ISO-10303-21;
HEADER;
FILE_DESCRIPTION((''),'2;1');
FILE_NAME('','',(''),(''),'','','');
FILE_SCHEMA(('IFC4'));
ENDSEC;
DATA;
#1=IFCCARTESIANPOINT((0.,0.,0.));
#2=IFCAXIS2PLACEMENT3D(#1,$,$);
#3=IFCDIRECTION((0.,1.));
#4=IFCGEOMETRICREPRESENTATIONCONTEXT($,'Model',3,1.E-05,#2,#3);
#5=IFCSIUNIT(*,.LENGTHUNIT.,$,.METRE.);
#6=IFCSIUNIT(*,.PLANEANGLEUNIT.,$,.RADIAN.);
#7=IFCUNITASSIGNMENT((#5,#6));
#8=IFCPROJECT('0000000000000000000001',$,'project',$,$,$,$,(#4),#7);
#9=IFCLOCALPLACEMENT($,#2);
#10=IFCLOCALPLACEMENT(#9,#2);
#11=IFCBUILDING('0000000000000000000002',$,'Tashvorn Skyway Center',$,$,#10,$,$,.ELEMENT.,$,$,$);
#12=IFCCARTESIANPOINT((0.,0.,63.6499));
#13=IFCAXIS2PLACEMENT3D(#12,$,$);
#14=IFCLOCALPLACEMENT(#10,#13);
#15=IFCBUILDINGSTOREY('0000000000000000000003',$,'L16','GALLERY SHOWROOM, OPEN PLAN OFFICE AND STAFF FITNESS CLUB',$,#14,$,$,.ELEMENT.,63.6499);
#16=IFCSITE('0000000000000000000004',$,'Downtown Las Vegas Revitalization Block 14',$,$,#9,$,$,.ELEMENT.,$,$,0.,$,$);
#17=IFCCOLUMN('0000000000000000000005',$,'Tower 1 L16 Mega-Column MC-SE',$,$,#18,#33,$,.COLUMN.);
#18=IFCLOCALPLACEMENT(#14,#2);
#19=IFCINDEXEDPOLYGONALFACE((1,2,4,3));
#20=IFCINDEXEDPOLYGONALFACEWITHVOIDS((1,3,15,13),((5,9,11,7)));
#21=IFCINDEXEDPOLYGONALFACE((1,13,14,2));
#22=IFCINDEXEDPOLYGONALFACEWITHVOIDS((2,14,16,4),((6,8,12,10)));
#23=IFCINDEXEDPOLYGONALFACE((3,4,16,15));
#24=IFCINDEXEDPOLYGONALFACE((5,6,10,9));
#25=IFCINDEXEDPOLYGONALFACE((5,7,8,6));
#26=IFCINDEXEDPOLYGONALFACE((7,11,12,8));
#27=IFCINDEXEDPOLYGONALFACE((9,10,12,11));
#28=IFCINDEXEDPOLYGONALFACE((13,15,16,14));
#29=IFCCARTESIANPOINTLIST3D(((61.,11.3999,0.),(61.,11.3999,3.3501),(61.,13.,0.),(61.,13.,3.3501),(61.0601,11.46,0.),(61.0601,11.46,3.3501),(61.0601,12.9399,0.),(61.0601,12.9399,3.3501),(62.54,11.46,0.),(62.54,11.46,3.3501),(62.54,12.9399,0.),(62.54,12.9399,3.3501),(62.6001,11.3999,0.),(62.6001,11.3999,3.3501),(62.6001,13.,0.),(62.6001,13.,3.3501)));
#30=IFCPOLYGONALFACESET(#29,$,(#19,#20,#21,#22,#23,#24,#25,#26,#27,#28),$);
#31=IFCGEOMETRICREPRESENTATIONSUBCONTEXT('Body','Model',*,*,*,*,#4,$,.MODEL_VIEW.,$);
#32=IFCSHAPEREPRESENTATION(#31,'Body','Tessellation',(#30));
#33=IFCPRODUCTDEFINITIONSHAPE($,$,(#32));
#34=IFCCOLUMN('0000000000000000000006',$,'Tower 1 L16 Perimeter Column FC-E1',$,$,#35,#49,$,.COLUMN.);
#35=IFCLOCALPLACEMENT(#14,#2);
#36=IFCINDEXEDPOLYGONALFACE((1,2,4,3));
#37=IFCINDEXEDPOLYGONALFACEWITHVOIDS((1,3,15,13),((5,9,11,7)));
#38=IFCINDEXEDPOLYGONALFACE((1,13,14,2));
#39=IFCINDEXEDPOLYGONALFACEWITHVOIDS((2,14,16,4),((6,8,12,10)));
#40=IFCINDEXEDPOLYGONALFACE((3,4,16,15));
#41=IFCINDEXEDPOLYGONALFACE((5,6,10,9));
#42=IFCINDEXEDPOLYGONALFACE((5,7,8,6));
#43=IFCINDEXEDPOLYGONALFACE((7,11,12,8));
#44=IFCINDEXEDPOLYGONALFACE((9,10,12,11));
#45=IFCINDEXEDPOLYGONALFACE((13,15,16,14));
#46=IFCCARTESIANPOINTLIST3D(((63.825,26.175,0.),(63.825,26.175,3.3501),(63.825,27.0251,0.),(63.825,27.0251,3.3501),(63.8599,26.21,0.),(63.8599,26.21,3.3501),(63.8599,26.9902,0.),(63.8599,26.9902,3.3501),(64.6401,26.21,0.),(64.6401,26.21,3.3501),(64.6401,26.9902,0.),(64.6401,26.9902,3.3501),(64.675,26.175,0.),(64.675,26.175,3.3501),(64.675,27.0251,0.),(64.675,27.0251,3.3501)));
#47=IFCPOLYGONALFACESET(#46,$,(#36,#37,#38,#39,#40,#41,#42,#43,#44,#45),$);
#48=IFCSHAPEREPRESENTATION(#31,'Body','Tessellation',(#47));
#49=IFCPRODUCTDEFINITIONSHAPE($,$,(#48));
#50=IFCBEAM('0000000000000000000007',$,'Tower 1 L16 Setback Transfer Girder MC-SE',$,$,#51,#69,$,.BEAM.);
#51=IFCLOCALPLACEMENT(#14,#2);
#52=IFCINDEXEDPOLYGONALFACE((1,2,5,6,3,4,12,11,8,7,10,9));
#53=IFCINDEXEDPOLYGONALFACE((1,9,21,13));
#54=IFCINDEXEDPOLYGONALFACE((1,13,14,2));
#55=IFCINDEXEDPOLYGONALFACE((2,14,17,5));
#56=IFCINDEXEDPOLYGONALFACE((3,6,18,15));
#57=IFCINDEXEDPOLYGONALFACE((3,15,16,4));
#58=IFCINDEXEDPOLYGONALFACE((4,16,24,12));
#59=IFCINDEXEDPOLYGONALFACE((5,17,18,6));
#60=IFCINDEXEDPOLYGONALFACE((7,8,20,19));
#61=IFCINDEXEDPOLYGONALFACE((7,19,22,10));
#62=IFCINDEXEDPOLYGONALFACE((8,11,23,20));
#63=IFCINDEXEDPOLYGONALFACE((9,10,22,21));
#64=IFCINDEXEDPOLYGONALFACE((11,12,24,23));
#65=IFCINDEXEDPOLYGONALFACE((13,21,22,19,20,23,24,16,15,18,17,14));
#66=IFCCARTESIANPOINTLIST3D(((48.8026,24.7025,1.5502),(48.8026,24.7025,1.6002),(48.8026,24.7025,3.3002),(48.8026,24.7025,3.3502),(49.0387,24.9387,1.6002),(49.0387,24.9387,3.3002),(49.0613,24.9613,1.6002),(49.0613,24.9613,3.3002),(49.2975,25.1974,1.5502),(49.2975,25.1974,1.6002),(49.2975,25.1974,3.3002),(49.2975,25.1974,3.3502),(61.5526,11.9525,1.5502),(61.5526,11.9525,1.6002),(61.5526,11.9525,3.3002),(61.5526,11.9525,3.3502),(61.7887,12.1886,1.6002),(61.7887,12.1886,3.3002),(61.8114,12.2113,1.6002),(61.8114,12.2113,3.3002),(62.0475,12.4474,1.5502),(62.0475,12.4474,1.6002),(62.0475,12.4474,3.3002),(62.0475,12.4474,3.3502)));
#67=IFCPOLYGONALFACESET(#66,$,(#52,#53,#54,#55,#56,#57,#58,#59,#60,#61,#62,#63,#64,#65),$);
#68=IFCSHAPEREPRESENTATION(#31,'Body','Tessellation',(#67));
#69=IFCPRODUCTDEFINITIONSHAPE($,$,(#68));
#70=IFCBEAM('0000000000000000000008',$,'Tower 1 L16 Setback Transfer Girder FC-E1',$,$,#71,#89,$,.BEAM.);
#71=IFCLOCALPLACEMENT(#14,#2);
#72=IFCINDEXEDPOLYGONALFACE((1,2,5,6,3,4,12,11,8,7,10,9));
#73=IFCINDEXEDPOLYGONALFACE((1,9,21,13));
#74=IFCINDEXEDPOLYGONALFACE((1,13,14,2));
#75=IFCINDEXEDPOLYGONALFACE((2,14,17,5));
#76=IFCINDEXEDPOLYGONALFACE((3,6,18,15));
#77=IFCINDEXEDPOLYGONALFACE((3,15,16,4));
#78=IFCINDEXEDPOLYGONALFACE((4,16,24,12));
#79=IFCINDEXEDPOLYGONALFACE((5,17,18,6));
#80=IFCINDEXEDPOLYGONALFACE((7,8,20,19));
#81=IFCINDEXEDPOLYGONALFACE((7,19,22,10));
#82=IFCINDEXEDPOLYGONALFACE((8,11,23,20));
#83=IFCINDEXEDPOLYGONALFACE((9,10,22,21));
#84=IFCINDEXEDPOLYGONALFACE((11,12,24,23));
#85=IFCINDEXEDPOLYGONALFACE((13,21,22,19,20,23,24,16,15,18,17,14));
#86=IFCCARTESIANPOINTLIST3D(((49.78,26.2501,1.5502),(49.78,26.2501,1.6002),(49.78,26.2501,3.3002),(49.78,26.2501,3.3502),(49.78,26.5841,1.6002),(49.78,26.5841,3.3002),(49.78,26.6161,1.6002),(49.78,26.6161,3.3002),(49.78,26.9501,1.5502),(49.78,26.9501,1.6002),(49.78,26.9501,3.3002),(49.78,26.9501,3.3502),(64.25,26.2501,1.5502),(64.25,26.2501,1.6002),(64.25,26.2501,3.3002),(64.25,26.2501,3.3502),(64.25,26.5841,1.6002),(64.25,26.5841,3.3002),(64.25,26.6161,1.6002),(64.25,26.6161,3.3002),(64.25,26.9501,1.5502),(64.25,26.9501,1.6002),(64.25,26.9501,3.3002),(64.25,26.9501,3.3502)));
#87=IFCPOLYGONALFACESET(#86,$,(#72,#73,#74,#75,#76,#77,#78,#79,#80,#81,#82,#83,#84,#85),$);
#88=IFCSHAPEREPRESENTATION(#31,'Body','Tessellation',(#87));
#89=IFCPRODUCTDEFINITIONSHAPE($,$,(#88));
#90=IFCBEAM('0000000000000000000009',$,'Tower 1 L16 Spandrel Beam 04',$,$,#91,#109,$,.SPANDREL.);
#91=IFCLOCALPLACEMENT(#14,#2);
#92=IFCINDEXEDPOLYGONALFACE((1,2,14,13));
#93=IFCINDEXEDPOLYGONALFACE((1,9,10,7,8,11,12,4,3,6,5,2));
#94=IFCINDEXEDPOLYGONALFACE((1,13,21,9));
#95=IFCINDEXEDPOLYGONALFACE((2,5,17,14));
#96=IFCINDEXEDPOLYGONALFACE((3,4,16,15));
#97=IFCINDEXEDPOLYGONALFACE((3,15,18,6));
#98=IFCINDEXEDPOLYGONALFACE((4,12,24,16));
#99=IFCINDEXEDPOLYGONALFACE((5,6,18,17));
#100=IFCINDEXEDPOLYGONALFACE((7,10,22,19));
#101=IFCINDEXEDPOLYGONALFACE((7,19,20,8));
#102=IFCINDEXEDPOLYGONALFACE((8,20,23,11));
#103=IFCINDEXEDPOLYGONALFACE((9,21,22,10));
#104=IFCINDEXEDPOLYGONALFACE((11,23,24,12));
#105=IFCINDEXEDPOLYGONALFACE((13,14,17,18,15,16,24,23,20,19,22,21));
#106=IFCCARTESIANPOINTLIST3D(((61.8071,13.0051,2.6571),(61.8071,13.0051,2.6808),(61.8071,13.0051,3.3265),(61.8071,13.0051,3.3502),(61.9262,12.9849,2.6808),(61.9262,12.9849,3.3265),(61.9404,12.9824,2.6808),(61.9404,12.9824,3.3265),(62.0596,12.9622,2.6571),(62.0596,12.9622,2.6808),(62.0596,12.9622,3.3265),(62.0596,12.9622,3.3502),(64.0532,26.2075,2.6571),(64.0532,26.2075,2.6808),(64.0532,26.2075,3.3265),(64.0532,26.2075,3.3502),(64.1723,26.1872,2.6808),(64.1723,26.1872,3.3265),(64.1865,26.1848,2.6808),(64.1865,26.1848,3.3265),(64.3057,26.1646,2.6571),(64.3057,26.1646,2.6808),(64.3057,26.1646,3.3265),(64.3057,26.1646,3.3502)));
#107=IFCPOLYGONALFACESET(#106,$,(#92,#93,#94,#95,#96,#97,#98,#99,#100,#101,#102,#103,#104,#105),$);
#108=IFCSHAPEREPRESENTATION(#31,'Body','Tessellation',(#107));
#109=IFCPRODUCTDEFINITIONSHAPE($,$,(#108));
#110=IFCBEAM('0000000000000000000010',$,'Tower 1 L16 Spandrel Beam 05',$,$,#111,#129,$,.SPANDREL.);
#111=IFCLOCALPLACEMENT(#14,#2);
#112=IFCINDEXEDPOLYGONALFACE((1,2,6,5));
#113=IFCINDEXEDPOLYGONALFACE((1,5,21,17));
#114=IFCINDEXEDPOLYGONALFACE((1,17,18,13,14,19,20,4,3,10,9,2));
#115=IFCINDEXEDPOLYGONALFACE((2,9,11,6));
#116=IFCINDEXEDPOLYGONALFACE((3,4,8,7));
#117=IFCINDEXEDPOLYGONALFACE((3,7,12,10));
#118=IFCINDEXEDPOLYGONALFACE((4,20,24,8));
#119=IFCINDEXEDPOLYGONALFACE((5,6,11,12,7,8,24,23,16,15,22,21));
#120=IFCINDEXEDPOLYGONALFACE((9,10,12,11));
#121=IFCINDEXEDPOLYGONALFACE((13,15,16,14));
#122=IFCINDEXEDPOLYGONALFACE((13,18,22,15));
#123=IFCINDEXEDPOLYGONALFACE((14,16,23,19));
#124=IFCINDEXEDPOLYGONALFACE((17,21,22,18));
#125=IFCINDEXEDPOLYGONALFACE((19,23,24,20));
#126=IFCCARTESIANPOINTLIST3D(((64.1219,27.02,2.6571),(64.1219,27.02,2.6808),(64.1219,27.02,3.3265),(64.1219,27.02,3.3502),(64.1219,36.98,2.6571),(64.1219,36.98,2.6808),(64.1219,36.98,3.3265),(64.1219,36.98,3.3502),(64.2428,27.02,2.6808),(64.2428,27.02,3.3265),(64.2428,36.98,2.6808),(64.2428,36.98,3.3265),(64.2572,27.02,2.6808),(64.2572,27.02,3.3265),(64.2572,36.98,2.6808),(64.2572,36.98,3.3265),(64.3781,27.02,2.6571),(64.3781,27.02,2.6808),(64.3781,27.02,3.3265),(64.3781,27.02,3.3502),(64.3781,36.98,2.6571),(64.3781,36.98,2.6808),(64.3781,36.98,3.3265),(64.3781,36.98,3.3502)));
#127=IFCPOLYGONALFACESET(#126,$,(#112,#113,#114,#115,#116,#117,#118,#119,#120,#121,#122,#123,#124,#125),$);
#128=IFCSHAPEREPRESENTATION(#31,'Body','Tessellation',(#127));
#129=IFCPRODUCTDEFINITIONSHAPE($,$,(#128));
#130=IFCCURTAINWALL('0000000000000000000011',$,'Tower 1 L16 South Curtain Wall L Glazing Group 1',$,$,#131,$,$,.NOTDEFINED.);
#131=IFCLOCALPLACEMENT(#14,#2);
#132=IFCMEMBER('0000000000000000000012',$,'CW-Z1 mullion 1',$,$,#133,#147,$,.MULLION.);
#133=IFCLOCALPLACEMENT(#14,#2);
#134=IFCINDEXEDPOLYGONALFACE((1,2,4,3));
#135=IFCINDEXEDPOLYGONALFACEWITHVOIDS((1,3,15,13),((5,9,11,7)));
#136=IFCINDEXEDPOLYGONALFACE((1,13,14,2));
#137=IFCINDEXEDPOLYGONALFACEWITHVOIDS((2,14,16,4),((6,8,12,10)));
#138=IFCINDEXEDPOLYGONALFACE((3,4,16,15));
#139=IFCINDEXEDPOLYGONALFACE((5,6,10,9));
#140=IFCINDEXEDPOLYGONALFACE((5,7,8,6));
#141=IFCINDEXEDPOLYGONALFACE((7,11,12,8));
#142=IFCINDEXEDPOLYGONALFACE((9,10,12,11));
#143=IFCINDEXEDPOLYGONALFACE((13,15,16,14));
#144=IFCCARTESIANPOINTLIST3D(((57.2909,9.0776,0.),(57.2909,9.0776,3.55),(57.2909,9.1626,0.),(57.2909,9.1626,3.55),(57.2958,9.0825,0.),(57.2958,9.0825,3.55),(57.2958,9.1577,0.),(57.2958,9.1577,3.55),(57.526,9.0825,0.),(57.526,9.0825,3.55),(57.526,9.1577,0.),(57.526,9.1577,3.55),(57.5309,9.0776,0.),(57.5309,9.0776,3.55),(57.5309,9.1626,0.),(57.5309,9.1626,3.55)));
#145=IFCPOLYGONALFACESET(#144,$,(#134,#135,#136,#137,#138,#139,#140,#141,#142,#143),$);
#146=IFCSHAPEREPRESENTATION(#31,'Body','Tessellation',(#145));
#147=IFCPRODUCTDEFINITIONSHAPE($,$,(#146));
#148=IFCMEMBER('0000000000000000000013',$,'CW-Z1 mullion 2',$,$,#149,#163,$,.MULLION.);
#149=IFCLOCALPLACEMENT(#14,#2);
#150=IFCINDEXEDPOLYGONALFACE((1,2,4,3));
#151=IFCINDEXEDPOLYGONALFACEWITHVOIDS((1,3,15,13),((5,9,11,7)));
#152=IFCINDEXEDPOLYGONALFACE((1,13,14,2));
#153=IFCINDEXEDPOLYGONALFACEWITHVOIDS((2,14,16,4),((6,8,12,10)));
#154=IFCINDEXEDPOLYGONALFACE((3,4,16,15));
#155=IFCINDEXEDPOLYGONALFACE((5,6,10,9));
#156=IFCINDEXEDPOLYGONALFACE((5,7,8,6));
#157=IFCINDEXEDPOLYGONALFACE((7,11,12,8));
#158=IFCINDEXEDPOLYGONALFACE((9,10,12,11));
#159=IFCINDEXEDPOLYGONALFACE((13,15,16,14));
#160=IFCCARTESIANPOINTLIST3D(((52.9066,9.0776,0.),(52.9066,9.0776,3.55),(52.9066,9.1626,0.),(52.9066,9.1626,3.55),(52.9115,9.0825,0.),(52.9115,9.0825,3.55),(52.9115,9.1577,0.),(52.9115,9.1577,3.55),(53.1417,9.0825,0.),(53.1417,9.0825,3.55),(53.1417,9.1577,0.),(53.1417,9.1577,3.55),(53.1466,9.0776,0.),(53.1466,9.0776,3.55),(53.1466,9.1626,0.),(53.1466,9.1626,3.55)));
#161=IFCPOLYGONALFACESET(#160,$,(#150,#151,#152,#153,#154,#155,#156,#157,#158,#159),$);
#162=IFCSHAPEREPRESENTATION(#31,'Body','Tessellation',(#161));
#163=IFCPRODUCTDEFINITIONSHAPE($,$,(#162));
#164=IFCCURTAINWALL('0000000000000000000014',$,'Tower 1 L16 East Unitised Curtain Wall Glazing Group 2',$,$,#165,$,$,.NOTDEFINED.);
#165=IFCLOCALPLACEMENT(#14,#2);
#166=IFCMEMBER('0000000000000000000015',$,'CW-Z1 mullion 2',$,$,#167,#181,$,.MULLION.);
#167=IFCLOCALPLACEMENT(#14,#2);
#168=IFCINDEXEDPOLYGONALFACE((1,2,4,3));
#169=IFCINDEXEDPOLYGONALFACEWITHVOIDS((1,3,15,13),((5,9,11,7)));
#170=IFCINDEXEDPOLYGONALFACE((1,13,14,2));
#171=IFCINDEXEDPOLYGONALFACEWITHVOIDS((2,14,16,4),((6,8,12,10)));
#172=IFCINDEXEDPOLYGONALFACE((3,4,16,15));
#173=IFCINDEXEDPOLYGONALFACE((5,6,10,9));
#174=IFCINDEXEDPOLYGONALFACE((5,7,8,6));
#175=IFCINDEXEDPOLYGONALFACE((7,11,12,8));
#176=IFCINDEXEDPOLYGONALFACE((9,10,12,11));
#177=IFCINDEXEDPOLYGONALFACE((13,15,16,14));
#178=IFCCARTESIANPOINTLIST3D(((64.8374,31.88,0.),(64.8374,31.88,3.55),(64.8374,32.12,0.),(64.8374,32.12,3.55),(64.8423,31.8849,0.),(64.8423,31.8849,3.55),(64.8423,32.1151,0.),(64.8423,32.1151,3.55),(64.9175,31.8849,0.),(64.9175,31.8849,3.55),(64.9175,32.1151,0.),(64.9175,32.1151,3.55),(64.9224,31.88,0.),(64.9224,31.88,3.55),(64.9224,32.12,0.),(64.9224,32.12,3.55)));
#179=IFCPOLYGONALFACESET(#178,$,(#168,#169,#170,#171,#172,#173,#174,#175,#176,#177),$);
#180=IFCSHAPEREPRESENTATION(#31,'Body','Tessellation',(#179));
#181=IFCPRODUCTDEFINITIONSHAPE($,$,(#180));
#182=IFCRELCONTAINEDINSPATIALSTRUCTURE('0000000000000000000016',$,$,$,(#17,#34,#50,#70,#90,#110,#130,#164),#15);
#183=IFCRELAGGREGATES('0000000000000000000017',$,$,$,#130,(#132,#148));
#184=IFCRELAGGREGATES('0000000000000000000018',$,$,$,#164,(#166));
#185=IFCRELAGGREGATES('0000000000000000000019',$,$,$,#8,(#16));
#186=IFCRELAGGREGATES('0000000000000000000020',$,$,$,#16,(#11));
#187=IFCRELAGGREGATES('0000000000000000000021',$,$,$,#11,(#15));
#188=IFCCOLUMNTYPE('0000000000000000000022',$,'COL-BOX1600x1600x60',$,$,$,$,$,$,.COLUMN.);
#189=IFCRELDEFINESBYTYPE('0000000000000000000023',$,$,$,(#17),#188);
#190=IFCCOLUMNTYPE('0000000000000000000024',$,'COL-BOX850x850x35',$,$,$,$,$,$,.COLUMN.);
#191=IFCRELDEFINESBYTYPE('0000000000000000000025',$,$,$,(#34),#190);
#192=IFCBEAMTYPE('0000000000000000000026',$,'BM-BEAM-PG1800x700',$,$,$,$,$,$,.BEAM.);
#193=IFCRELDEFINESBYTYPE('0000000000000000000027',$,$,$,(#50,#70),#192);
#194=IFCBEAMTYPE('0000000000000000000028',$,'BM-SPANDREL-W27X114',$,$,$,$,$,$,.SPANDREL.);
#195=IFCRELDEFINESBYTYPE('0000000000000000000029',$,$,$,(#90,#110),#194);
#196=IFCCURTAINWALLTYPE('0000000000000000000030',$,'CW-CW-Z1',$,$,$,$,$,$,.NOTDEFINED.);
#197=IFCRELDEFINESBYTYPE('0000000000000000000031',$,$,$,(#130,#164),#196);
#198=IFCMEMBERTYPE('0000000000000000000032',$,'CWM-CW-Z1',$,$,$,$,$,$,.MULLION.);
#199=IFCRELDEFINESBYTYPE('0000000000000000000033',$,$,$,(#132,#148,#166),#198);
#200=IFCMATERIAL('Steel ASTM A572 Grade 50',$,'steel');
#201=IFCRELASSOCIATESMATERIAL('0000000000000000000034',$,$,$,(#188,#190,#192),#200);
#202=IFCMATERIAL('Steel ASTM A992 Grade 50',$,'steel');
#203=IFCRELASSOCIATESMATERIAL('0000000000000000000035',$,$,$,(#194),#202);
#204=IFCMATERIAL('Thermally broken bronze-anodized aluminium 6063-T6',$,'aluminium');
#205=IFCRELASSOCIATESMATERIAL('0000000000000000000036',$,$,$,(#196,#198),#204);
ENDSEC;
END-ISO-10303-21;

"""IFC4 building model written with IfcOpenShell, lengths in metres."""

from ifc_helpers import new_model, si_unit, direction, frame, origin, origin_2d, place, context, subcontext, project, spatial, hollow_rectangle, i_section, extrude, material, material_profile, profile_set, type_object, element, aggregate, save


model = new_model("IFC4")

# Units and contexts
model_context = context("Model", 3, precision=1e-05, world=origin(), true_north=direction((0.0, 1.0)))
body_context = subcontext(model_context, "Body", "Model", "MODEL_VIEW")
ifc_project = project(units=[si_unit("LENGTHUNIT", "METRE"), si_unit("PLANEANGLEUNIT", "RADIAN")], contexts=[model_context])

# Site, building, storey
site_placement = place(None, origin())
site = spatial("IfcSite", under=ifc_project, at=site_placement, Name="Downtown Las Vegas Revitalization Block 14", CompositionType="ELEMENT", RefElevation=0.0)
building_placement = place(site_placement, origin())
building = spatial("IfcBuilding", under=site, at=building_placement, Name="Tashvorn Skyway Center", CompositionType="ELEMENT")
storey_placement = place(building_placement, frame((0.0, 0.0, 63.6499)))
storey = spatial("IfcBuildingStorey", under=building, at=storey_placement, Name="L16", Description="GALLERY SHOWROOM, OPEN PLAN OFFICE AND STAFF FITNESS CLUB", CompositionType="ELEMENT", Elevation=63.6499)

# Columns
ifc_material_1 = material(Name="Steel ASTM A572 Grade 50", Category="steel")
ifc_material_profile_1 = material_profile(ifc_material_1, hollow_rectangle(XDim=1.6001, YDim=1.6001, WallThickness=0.0601, at=origin_2d()), Name="BOX1600x1600x60")
ifc_profile_set_1 = profile_set([ifc_material_profile_1], Name="Steel ASTM A572 Grade 50")
column_type_1 = type_object("IfcColumnType", Name="COL-BOX1600x1600x60", PredefinedType="COLUMN", material=ifc_profile_set_1)
column_1_placement = place(storey_placement, frame((61.8, 12.2, 0.0), z_axis=(0.0, 0.0, 1.0), x_axis=(1.0, 0.0, 0.0)))
element("IfcColumn", 1, at=column_1_placement, inside=storey, type_object=column_type_1, Name="Tower 1 L16 Mega-Column MC-SE", PredefinedType="COLUMN", context=body_context, shape_type="SweptSolid", body=[
    extrude(hollow_rectangle(XDim=1.6001, YDim=1.6001, WallThickness=0.0601, at=origin_2d()), origin(), (0.0, 0.0, 1.0), 3.3501),
])
ifc_material_profile_2 = material_profile(ifc_material_1, hollow_rectangle(XDim=0.8501, YDim=0.8501, WallThickness=0.0349, at=origin_2d()), Name="BOX850x850x35")
ifc_profile_set_2 = profile_set([ifc_material_profile_2], Name="Steel ASTM A572 Grade 50")
column_type_2 = type_object("IfcColumnType", Name="COL-BOX850x850x35", PredefinedType="COLUMN", material=ifc_profile_set_2)
column_2_placement = place(storey_placement, frame((64.25, 26.6001, 0.0), z_axis=(0.0, 0.0, 1.0), x_axis=(1.0, 0.0, 0.0)))
element("IfcColumn", 2, at=column_2_placement, inside=storey, type_object=column_type_2, Name="Tower 1 L16 Perimeter Column FC-E1", PredefinedType="COLUMN", context=body_context, shape_type="SweptSolid", body=[
    extrude(hollow_rectangle(XDim=0.8501, YDim=0.8501, WallThickness=0.0349, at=origin_2d()), origin(), (0.0, 0.0, 1.0), 3.3501),
])

# Beams
ifc_material_profile_3 = material_profile(ifc_material_1, i_section(OverallWidth=0.7, OverallDepth=1.8, WebThickness=0.032, FlangeThickness=0.05, at=origin_2d()), Name="PG1800x700")
ifc_profile_set_3 = profile_set([ifc_material_profile_3], Name="Steel ASTM A572 Grade 50")
beam_type_1 = type_object("IfcBeamType", Name="BM-BEAM-PG1800x700", PredefinedType="BEAM", material=ifc_profile_set_3)
beam_1_placement = place(storey_placement, frame((61.8, 12.2, 2.4502), z_axis=(-0.707107, 0.707107, 0.0), x_axis=(-0.707107, -0.707107, 0.0)))
element("IfcBeam", 3, at=beam_1_placement, inside=storey, type_object=beam_type_1, Name="Tower 1 L16 Setback Transfer Girder MC-SE", PredefinedType="BEAM", context=body_context, shape_type="SweptSolid", body=[
    extrude(i_section(OverallWidth=0.7, OverallDepth=1.8, WebThickness=0.032, FlangeThickness=0.05, at=origin_2d()), origin(), (0.0, 0.0, 1.0), 18.0312),
])
beam_2_placement = place(storey_placement, frame((64.25, 26.6001, 2.4502), z_axis=(-1.0, 0.0, 0.0), x_axis=(0.0, -1.0, 0.0)))
element("IfcBeam", 4, at=beam_2_placement, inside=storey, type_object=beam_type_1, Name="Tower 1 L16 Setback Transfer Girder FC-E1", PredefinedType="BEAM", context=body_context, shape_type="SweptSolid", body=[
    extrude(i_section(OverallWidth=0.7, OverallDepth=1.8, WebThickness=0.032, FlangeThickness=0.05, at=origin_2d()), origin(), (0.0, 0.0, 1.0), 14.47),
])
ifc_material_2 = material(Name="Steel ASTM A992 Grade 50", Category="steel")
ifc_material_profile_4 = material_profile(ifc_material_2, i_section(OverallWidth=0.2561, OverallDepth=0.6931, WebThickness=0.0144, FlangeThickness=0.0237, at=origin_2d()), Name="W27X114")
ifc_profile_set_4 = profile_set([ifc_material_profile_4], Name="Steel ASTM A992 Grade 50")
beam_type_2 = type_object("IfcBeamType", Name="BM-SPANDREL-W27X114", PredefinedType="SPANDREL", material=ifc_profile_set_4)
beam_3_placement = place(storey_placement, frame((61.9333, 12.9836, 3.0037), z_axis=(0.167718, 0.985835, 0.0), x_axis=(-0.985835, 0.167718, 0.0)))
element("IfcBeam", 5, at=beam_3_placement, inside=storey, type_object=beam_type_2, Name="Tower 1 L16 Spandrel Beam 04", PredefinedType="SPANDREL", context=body_context, shape_type="SweptSolid", body=[
    extrude(i_section(OverallWidth=0.2561, OverallDepth=0.6931, WebThickness=0.0144, FlangeThickness=0.0237, at=origin_2d()), origin(), (0.0, 0.0, 1.0), 13.3921),
])
beam_4_placement = place(storey_placement, frame((64.25, 27.02, 3.0037), z_axis=(0.0, 1.0, 0.0), x_axis=(-1.0, 0.0, 0.0)))
element("IfcBeam", 6, at=beam_4_placement, inside=storey, type_object=beam_type_2, Name="Tower 1 L16 Spandrel Beam 05", PredefinedType="SPANDREL", context=body_context, shape_type="SweptSolid", body=[
    extrude(i_section(OverallWidth=0.2561, OverallDepth=0.6931, WebThickness=0.0144, FlangeThickness=0.0237, at=origin_2d()), origin(), (0.0, 0.0, 1.0), 9.96),
])

# Curtain walls, members
ifc_material_3 = material(Name="Thermally broken bronze-anodized aluminium 6063-T6", Category="aluminium")
curtain_wall_type = type_object("IfcCurtainWallType", Name="CW-CW-Z1", PredefinedType="NOTDEFINED", material=ifc_material_3)
curtain_wall_1_placement = place(storey_placement, origin())
curtain_wall_1 = element("IfcCurtainWall", 7, at=curtain_wall_1_placement, inside=storey, type_object=curtain_wall_type, Name="Tower 1 L16 South Curtain Wall L Glazing Group 1", PredefinedType="NOTDEFINED")
ifc_material_profile_5 = material_profile(ifc_material_3, hollow_rectangle(XDim=0.085, YDim=0.24, WallThickness=0.0049, at=origin_2d()), Name="ALU-MULL-85x240")
ifc_profile_set_5 = profile_set([ifc_material_profile_5], Name="Thermally broken bronze-anodized aluminium 6063-T6")
member_type_1 = type_object("IfcMemberType", Name="CWM-CW-Z1", PredefinedType="MULLION", material=ifc_profile_set_5)
member_1_placement = place(storey_placement, frame((57.4109, 9.1201, 0.0), z_axis=(0.0, 0.0, 1.0), x_axis=(0.0, -1.0, 0.0)))
member_1 = element("IfcMember", 8, at=member_1_placement, type_object=member_type_1, Name="CW-Z1 mullion 1", PredefinedType="MULLION", context=body_context, shape_type="SweptSolid", body=[
    extrude(hollow_rectangle(XDim=0.085, YDim=0.24, WallThickness=0.0049, at=origin_2d()), origin(), (0.0, 0.0, 1.0), 3.55),
])
member_2_placement = place(storey_placement, frame((53.0266, 9.1201, 0.0), z_axis=(0.0, 0.0, 1.0), x_axis=(0.0, -1.0, 0.0)))
member_2 = element("IfcMember", 9, at=member_2_placement, type_object=member_type_1, Name="CW-Z1 mullion 2", PredefinedType="MULLION", context=body_context, shape_type="SweptSolid", body=[
    extrude(hollow_rectangle(XDim=0.085, YDim=0.24, WallThickness=0.0049, at=origin_2d()), origin(), (0.0, 0.0, 1.0), 3.55),
])
curtain_wall_2_placement = place(storey_placement, origin())
curtain_wall_2 = element("IfcCurtainWall", 10, at=curtain_wall_2_placement, inside=storey, type_object=curtain_wall_type, Name="Tower 1 L16 East Unitised Curtain Wall Glazing Group 2", PredefinedType="NOTDEFINED")
member_3_placement = place(storey_placement, frame((64.8799, 32.0, 0.0), z_axis=(0.0, 0.0, 1.0), x_axis=(1.0, 0.0, 0.0)))
member_3 = element("IfcMember", 11, at=member_3_placement, type_object=member_type_1, Name="CW-Z1 mullion 2", PredefinedType="MULLION", context=body_context, shape_type="SweptSolid", body=[
    extrude(hollow_rectangle(XDim=0.085, YDim=0.24, WallThickness=0.0049, at=origin_2d()), origin(), (0.0, 0.0, 1.0), 3.55),
])

aggregate(curtain_wall_1, [member_1, member_2])
aggregate(curtain_wall_2, [member_3])

save(model, "model.ifc")
